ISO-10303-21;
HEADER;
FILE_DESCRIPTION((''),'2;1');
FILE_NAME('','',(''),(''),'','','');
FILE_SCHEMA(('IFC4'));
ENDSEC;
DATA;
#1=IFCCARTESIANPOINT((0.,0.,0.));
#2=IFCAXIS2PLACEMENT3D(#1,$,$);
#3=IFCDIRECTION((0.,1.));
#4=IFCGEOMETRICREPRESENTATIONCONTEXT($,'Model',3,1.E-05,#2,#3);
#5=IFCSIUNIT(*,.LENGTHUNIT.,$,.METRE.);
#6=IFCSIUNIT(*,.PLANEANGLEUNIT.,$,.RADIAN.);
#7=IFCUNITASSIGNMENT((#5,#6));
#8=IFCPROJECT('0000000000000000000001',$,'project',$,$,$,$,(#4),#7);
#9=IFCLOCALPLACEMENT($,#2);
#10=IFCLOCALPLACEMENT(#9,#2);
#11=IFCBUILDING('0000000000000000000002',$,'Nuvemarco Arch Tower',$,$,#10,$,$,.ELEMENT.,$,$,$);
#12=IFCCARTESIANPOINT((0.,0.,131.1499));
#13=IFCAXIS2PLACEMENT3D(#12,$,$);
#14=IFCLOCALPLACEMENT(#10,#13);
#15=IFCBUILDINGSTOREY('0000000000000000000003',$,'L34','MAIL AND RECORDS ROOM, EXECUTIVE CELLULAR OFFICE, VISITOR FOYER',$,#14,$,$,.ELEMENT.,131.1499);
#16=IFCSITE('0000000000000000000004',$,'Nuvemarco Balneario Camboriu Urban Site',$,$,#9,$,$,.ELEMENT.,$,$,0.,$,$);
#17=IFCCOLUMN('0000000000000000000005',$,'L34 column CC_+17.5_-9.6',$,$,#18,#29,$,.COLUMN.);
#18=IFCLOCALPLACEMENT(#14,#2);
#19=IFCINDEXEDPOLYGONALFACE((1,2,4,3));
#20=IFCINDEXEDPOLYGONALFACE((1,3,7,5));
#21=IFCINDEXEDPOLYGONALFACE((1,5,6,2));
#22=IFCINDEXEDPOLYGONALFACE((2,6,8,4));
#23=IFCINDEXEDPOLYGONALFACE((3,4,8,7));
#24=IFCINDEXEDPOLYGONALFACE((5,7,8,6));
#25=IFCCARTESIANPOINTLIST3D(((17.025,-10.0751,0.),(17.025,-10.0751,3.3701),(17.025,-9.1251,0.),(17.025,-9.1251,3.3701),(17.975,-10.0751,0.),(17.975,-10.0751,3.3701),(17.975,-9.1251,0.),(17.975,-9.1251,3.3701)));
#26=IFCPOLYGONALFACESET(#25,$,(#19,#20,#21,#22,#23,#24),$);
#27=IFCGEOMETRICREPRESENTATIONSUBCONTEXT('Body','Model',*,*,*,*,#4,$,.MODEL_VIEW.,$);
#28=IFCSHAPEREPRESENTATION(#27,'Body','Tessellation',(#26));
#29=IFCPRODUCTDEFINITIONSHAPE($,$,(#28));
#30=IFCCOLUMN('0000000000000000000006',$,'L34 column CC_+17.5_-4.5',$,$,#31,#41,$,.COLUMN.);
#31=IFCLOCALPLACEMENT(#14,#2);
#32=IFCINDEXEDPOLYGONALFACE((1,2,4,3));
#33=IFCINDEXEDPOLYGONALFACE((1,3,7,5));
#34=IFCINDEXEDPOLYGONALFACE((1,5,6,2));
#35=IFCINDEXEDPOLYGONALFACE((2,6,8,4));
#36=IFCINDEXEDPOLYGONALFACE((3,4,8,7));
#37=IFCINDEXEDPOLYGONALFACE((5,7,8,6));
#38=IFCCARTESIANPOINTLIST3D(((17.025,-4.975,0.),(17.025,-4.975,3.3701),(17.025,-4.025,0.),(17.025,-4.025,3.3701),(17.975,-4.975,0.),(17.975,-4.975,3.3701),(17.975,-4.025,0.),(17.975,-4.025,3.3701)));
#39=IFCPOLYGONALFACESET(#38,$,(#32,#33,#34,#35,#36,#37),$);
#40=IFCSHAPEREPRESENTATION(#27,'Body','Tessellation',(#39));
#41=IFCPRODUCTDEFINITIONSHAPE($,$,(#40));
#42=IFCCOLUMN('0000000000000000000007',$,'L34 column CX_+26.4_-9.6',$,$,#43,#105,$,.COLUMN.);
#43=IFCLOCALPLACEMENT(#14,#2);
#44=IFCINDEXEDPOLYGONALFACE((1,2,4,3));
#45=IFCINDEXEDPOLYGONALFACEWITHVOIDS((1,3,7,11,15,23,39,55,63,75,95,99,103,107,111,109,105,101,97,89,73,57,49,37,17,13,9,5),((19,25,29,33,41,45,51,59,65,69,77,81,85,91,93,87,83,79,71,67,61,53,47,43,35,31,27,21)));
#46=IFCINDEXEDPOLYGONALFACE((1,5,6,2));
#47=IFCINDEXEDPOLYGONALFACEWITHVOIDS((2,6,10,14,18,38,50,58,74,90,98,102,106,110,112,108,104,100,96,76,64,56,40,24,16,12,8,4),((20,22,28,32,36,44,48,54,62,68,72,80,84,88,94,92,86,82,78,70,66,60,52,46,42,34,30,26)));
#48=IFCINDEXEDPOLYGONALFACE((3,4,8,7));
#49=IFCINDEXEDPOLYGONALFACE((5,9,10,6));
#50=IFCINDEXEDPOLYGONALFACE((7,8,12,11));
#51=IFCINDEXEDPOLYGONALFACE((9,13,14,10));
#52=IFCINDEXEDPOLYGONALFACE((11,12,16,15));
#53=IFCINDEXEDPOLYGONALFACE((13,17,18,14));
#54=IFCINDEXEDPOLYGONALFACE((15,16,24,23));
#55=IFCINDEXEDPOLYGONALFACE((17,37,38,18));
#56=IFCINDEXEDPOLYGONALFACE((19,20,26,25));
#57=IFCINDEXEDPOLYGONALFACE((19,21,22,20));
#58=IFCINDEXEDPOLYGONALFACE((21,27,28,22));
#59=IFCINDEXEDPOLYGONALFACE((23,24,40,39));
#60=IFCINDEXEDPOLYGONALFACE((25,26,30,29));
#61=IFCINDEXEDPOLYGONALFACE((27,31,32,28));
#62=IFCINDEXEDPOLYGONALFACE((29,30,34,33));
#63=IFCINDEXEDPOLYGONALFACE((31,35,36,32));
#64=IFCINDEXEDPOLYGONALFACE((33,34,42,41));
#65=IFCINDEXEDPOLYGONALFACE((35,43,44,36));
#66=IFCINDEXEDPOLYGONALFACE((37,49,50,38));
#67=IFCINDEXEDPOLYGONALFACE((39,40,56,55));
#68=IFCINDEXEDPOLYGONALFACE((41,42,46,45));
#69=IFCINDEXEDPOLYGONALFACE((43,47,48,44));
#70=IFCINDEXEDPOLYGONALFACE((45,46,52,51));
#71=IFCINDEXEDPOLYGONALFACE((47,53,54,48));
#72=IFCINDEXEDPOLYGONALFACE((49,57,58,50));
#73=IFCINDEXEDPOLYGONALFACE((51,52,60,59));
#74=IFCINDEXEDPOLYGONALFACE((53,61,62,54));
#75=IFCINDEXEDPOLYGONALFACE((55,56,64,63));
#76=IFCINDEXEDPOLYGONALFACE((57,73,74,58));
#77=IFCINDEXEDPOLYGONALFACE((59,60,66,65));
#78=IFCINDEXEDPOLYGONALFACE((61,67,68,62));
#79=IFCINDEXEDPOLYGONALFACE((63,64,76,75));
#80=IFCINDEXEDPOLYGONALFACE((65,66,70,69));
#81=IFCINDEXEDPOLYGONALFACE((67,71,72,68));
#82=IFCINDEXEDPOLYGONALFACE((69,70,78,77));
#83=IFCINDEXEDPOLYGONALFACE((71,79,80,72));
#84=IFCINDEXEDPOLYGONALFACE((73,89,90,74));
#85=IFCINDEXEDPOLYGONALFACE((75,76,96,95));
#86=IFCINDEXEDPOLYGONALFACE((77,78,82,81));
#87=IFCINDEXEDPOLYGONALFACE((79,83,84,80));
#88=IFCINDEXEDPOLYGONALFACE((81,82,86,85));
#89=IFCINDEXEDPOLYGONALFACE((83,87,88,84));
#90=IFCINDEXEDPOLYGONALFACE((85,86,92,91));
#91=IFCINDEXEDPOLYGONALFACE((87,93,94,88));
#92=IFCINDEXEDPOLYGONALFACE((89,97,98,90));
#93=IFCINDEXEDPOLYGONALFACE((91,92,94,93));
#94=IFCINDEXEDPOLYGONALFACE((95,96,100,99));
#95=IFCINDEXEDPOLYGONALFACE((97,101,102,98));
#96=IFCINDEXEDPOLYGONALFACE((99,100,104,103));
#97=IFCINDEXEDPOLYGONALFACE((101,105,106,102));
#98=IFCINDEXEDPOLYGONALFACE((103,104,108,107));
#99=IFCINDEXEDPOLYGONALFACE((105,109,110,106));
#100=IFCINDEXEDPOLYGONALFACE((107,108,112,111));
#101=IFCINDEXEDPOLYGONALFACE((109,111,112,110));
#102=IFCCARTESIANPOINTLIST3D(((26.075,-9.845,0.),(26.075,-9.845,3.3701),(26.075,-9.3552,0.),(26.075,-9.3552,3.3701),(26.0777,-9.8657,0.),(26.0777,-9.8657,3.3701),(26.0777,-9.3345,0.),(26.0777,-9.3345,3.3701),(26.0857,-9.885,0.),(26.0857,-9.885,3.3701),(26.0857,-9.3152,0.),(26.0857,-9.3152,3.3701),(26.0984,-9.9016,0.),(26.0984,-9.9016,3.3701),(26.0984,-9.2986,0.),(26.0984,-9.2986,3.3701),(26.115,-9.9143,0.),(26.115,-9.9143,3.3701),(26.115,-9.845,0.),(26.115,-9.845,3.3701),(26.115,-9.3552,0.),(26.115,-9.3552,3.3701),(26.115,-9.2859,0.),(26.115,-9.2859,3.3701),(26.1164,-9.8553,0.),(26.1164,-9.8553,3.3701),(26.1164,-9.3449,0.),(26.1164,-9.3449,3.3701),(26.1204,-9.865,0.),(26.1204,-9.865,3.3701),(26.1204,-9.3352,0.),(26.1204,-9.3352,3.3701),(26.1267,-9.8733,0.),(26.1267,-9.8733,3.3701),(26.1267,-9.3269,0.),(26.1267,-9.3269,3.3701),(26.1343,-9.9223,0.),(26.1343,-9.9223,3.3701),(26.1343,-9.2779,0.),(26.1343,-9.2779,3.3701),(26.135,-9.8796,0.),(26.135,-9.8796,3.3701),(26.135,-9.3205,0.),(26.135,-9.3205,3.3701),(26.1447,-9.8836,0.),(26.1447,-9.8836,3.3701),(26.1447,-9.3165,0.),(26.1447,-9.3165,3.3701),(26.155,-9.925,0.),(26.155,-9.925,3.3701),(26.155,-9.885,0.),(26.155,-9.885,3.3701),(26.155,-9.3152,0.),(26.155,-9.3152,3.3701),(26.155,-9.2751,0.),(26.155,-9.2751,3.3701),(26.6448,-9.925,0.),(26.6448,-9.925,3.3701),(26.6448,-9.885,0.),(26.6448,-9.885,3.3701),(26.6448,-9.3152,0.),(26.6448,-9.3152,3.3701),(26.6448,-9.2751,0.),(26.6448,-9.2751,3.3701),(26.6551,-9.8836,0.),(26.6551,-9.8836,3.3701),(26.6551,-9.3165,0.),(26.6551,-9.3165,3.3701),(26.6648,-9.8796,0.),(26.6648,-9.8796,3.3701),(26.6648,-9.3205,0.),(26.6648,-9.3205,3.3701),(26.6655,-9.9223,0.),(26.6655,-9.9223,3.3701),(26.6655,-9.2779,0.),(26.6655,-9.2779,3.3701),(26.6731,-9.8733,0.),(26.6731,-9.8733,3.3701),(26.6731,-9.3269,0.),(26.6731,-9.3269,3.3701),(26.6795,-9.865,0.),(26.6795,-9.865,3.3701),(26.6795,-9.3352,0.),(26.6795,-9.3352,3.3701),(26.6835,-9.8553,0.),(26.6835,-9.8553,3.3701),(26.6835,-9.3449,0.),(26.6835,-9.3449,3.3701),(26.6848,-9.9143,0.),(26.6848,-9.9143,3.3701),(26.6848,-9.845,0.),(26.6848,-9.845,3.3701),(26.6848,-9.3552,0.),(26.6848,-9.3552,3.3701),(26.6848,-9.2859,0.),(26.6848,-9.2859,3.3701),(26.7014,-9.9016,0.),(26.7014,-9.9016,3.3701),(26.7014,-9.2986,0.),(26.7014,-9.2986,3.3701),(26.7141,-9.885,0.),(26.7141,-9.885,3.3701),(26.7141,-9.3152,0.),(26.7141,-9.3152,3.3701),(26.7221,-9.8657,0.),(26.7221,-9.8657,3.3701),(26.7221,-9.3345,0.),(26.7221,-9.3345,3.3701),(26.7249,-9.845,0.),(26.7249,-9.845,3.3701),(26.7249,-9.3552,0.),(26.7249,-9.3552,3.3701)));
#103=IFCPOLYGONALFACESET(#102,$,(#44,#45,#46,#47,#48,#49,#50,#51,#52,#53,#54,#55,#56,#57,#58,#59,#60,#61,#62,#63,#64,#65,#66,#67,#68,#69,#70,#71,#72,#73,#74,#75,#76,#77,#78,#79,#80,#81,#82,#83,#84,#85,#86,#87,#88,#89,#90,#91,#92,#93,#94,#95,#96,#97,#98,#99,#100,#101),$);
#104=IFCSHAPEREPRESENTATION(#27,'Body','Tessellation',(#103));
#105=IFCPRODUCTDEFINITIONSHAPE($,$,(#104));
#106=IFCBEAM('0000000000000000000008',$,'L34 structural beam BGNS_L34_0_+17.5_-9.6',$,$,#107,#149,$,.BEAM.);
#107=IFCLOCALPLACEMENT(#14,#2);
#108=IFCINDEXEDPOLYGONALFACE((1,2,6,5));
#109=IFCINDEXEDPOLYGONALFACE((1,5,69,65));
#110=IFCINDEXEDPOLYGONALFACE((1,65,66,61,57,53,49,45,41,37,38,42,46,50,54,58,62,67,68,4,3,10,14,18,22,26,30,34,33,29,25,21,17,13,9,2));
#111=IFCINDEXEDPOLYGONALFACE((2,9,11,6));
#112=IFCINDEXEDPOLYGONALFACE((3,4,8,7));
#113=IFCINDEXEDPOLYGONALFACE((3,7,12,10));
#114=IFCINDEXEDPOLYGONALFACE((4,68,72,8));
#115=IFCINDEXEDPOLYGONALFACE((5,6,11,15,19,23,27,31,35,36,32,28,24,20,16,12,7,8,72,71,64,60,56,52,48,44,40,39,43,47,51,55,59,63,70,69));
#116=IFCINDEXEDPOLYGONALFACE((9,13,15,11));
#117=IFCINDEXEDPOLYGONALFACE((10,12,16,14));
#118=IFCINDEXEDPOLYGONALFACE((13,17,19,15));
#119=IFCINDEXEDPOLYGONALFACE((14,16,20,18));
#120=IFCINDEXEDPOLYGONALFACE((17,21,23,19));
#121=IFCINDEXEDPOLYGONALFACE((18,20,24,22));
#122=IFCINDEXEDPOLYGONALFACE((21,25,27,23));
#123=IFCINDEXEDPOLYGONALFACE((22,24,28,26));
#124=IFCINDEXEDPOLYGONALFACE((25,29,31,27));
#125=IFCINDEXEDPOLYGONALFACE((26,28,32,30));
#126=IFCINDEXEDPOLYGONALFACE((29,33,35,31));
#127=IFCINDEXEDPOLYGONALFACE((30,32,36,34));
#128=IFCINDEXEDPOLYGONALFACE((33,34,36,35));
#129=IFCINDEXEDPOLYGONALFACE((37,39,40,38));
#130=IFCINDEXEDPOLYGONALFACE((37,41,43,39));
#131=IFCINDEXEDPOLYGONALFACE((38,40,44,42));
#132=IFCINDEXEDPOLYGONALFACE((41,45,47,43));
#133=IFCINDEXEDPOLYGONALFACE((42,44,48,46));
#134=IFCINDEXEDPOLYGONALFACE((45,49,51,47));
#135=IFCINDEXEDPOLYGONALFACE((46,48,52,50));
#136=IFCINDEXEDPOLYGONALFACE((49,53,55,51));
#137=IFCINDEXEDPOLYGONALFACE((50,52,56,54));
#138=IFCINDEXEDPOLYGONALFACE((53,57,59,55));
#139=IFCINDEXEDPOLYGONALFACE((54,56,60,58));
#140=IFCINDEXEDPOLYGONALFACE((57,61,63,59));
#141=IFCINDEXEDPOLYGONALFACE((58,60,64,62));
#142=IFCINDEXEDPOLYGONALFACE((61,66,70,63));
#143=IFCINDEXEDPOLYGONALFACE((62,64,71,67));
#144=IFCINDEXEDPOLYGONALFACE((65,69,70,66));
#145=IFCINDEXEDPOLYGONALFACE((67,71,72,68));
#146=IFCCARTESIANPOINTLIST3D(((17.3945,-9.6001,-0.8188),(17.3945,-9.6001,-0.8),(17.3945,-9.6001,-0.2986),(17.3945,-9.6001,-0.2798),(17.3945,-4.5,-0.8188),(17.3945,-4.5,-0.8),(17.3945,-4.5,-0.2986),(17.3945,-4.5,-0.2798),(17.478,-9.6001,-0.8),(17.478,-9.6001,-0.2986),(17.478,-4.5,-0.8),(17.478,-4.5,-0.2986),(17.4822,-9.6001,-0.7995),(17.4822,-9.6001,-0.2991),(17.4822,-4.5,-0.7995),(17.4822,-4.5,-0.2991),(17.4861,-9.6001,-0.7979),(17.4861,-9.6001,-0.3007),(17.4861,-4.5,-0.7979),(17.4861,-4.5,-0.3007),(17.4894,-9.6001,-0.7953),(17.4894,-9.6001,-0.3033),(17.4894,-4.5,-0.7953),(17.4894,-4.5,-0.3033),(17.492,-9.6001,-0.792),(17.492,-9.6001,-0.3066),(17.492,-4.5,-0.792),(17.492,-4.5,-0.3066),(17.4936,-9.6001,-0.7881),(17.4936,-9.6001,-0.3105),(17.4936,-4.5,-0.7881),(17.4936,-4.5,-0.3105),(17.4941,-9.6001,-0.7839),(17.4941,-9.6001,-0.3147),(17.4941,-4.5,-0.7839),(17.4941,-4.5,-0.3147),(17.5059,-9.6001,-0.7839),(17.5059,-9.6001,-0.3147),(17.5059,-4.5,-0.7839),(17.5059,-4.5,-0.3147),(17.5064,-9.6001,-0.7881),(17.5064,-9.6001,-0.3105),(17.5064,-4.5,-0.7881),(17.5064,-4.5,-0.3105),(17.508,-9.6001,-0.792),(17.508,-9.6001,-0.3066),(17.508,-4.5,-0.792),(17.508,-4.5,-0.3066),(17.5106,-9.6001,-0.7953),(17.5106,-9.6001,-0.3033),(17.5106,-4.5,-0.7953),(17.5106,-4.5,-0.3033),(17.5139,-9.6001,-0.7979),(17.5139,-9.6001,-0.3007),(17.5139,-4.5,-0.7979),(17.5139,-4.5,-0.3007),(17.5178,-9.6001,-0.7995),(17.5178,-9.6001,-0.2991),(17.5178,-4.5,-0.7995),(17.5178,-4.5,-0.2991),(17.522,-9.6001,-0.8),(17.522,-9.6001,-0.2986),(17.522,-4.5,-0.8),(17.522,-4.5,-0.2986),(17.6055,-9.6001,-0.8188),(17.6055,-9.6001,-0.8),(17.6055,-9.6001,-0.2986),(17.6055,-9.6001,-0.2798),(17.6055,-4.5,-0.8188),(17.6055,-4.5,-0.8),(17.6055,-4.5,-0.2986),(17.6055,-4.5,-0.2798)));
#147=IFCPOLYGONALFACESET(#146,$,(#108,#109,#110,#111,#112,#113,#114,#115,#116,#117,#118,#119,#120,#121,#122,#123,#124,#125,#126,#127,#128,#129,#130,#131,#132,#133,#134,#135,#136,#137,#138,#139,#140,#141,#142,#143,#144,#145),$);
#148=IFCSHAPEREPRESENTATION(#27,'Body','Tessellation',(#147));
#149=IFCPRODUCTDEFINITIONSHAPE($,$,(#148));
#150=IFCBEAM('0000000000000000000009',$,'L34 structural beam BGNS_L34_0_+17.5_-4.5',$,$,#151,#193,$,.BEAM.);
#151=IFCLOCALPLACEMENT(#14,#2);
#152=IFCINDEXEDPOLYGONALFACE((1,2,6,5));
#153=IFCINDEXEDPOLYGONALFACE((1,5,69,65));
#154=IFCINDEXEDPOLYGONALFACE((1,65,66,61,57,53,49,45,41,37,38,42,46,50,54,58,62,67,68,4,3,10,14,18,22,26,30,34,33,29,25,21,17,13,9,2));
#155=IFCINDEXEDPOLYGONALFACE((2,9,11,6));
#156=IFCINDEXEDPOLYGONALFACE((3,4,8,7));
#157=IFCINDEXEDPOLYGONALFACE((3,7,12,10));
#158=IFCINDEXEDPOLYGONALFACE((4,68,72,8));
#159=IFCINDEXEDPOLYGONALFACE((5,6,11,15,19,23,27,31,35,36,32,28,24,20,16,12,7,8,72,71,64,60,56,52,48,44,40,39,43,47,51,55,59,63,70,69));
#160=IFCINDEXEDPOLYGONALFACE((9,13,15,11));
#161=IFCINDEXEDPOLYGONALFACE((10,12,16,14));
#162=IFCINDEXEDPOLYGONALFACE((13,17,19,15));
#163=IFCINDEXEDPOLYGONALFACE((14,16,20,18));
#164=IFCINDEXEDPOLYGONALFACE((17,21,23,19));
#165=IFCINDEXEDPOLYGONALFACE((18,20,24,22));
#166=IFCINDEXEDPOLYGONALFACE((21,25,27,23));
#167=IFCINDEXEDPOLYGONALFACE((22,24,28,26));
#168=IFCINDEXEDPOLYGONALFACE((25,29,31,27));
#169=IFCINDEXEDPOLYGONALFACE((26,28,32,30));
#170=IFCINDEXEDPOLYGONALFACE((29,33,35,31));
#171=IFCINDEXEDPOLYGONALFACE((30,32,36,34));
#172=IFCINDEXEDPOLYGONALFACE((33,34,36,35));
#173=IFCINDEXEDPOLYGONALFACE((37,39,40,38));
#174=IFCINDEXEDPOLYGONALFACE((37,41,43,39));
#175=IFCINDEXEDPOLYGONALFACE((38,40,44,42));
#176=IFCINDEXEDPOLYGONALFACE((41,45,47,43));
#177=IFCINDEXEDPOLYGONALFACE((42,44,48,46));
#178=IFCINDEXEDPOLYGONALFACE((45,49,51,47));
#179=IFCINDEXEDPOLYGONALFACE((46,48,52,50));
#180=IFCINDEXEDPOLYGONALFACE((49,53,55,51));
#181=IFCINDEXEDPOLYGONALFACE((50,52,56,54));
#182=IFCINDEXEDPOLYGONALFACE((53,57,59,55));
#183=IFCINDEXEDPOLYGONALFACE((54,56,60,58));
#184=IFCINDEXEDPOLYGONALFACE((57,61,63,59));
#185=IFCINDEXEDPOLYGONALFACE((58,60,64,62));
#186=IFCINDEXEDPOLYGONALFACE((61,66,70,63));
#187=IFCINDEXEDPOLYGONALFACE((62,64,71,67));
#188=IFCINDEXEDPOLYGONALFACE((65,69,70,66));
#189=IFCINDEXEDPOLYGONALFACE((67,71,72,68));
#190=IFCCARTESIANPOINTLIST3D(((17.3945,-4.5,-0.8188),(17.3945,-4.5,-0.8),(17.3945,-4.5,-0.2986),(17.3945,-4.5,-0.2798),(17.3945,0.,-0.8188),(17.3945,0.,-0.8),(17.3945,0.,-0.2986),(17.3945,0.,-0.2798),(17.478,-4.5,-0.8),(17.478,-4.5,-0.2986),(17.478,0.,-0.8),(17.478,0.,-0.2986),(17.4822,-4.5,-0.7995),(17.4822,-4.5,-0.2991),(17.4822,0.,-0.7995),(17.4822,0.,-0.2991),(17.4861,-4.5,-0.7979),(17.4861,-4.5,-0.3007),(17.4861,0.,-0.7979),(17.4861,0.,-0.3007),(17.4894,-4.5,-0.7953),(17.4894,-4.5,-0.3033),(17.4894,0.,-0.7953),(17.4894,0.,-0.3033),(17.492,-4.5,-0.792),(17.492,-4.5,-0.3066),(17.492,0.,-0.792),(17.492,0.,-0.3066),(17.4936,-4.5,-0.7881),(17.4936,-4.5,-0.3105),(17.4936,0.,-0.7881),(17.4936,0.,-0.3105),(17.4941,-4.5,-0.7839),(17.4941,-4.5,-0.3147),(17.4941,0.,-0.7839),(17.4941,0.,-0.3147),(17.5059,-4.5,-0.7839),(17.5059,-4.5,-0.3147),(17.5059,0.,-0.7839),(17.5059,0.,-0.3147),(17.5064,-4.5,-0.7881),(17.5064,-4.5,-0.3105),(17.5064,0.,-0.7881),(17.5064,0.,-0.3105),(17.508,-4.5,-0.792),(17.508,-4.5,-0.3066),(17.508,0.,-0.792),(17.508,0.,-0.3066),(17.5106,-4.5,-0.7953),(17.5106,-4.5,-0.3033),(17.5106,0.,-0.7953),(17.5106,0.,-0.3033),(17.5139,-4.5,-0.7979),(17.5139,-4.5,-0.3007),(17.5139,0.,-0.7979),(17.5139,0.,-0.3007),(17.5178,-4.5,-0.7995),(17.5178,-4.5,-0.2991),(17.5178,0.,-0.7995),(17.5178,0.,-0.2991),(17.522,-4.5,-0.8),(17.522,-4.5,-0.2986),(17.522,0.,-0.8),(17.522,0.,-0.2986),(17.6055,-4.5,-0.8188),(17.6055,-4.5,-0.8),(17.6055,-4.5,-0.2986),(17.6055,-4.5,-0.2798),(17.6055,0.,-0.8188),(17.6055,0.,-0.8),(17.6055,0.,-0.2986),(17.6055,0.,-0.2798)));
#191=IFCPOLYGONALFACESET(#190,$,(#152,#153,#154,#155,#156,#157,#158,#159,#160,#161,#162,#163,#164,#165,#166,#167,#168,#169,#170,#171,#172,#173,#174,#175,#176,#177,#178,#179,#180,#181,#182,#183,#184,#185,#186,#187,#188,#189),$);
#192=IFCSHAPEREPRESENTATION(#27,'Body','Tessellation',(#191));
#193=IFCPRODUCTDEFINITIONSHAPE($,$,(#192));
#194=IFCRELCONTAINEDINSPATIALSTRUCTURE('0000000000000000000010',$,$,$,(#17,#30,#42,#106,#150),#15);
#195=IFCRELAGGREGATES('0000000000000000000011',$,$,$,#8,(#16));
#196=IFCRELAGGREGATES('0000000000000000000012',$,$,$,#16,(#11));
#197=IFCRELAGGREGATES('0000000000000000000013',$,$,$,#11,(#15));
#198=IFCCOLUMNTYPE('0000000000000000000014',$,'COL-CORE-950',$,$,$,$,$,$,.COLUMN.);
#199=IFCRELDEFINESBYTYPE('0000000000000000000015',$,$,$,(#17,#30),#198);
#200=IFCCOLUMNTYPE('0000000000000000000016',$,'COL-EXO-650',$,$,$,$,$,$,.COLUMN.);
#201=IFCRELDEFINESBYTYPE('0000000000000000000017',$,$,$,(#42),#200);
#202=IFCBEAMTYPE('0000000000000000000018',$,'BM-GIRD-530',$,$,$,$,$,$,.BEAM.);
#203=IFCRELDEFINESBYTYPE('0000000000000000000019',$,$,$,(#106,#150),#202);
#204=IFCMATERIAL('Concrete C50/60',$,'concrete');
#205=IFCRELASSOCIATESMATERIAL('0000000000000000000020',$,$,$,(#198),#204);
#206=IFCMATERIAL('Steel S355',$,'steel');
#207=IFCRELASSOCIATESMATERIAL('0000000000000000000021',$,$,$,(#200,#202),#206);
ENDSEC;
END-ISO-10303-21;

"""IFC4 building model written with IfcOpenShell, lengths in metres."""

from ifc_helpers import new_model, si_unit, direction, frame, origin, origin_2d, place, context, subcontext, project, spatial, rectangle, hollow_rectangle, i_section, extrude, material, material_profile, profile_set, type_object, element, save


model = new_model("IFC4")

# Units and contexts
model_context = context("Model", 3, precision=1e-05, world=origin(), true_north=direction((0.0, 1.0)))
body_context = subcontext(model_context, "Body", "Model", "MODEL_VIEW")
ifc_project = project(units=[si_unit("LENGTHUNIT", "METRE"), si_unit("PLANEANGLEUNIT", "RADIAN")], contexts=[model_context])

# Site, building, storey
site_placement = place(None, origin())
site = spatial("IfcSite", under=ifc_project, at=site_placement, Name="Nuvemarco Balneario Camboriu Urban Site", CompositionType="ELEMENT", RefElevation=0.0)
building_placement = place(site_placement, origin())
building = spatial("IfcBuilding", under=site, at=building_placement, Name="Nuvemarco Arch Tower", CompositionType="ELEMENT")
storey_placement = place(building_placement, frame((0.0, 0.0, 131.1499)))
storey = spatial("IfcBuildingStorey", under=building, at=storey_placement, Name="L34", Description="MAIL AND RECORDS ROOM, EXECUTIVE CELLULAR OFFICE, VISITOR FOYER", CompositionType="ELEMENT", Elevation=131.1499)

# Columns
ifc_material_1 = material(Name="Concrete C50/60", Category="concrete")
ifc_material_profile_1 = material_profile(ifc_material_1, rectangle(XDim=0.95, YDim=0.95, at=origin_2d()), Name="RC-COL-950x950")
ifc_profile_set_1 = profile_set([ifc_material_profile_1], Name="Concrete C50/60")
column_type_1 = type_object("IfcColumnType", Name="COL-CORE-950", PredefinedType="COLUMN", material=ifc_profile_set_1)
for number, where, z_axis, x_axis, name in (
    (1, (17.5, -9.6001, 0.0), (0.0, 0.0, 1.0), (1.0, 0.0, 0.0), "L34 column CC_+17.5_-9.6"),
    (2, (17.5, -4.5, 0.0), (0.0, 0.0, 1.0), (1.0, 0.0, 0.0), "L34 column CC_+17.5_-4.5"),
):
    element("IfcColumn", number, at=place(storey_placement, frame(where, z_axis=z_axis, x_axis=x_axis)), inside=storey, type_object=column_type_1, Name=name, PredefinedType="COLUMN", context=body_context, shape_type="SweptSolid", body=[
        extrude(rectangle(XDim=0.95, YDim=0.95, at=origin_2d()), origin(), (0.0, 0.0, 1.0), 3.3701),
    ])
ifc_material_2 = material(Name="Steel S355", Category="steel")
ifc_material_profile_2 = material_profile(ifc_material_2, hollow_rectangle(XDim=0.6499, YDim=0.6499, WallThickness=0.04, InnerFilletRadius=0.04, OuterFilletRadius=0.0801, at=origin_2d()), Name="SHS650x650x40")
ifc_profile_set_2 = profile_set([ifc_material_profile_2], Name="Steel S355")
column_type_2 = type_object("IfcColumnType", Name="COL-EXO-650", PredefinedType="COLUMN", material=ifc_profile_set_2)
column_placement = place(storey_placement, frame((26.3999, -9.6001, 0.0), z_axis=(0.0, 0.0, 1.0), x_axis=(1.0, 0.0, 0.0)))
element("IfcColumn", 3, at=column_placement, inside=storey, type_object=column_type_2, Name="L34 column CX_+26.4_-9.6", PredefinedType="COLUMN", context=body_context, shape_type="SweptSolid", body=[
    extrude(hollow_rectangle(XDim=0.6499, YDim=0.6499, WallThickness=0.04, InnerFilletRadius=0.04, OuterFilletRadius=0.0801, at=origin_2d()), origin(), (0.0, 0.0, 1.0), 3.3701),
])

# Beams
ifc_material_profile_3 = material_profile(ifc_material_2, i_section(OverallWidth=0.2109, OverallDepth=0.5391, WebThickness=0.0117, FlangeThickness=0.0188, FilletRadius=0.0161, at=origin_2d()), Name="W530x109")
ifc_profile_set_3 = profile_set([ifc_material_profile_3], Name="Steel S355")
beam_type_1 = type_object("IfcBeamType", Name="BM-GIRD-530", PredefinedType="BEAM", material=ifc_profile_set_3)
beam_1_placement = place(storey_placement, frame((17.5, -9.6001, -0.5493), z_axis=(0.0, 1.0, 0.0), x_axis=(-1.0, 0.0, 0.0)))
element("IfcBeam", 4, at=beam_1_placement, inside=storey, type_object=beam_type_1, Name="L34 structural beam BGNS_L34_0_+17.5_-9.6", PredefinedType="BEAM", context=body_context, shape_type="SweptSolid", body=[
    extrude(i_section(OverallWidth=0.2109, OverallDepth=0.5391, WebThickness=0.0117, FlangeThickness=0.0188, FilletRadius=0.0161, at=origin_2d()), origin(), (0.0, 0.0, 1.0), 5.1001),
])
beam_2_placement = place(storey_placement, frame((17.5, -4.5, -0.5493), z_axis=(0.0, 1.0, 0.0), x_axis=(-1.0, 0.0, 0.0)))
element("IfcBeam", 5, at=beam_2_placement, inside=storey, type_object=beam_type_1, Name="L34 structural beam BGNS_L34_0_+17.5_-4.5", PredefinedType="BEAM", context=body_context, shape_type="SweptSolid", body=[
    extrude(i_section(OverallWidth=0.2109, OverallDepth=0.5391, WebThickness=0.0117, FlangeThickness=0.0188, FilletRadius=0.0161, at=origin_2d()), origin(), (0.0, 0.0, 1.0), 4.5),
])

save(model, "model.ifc")
